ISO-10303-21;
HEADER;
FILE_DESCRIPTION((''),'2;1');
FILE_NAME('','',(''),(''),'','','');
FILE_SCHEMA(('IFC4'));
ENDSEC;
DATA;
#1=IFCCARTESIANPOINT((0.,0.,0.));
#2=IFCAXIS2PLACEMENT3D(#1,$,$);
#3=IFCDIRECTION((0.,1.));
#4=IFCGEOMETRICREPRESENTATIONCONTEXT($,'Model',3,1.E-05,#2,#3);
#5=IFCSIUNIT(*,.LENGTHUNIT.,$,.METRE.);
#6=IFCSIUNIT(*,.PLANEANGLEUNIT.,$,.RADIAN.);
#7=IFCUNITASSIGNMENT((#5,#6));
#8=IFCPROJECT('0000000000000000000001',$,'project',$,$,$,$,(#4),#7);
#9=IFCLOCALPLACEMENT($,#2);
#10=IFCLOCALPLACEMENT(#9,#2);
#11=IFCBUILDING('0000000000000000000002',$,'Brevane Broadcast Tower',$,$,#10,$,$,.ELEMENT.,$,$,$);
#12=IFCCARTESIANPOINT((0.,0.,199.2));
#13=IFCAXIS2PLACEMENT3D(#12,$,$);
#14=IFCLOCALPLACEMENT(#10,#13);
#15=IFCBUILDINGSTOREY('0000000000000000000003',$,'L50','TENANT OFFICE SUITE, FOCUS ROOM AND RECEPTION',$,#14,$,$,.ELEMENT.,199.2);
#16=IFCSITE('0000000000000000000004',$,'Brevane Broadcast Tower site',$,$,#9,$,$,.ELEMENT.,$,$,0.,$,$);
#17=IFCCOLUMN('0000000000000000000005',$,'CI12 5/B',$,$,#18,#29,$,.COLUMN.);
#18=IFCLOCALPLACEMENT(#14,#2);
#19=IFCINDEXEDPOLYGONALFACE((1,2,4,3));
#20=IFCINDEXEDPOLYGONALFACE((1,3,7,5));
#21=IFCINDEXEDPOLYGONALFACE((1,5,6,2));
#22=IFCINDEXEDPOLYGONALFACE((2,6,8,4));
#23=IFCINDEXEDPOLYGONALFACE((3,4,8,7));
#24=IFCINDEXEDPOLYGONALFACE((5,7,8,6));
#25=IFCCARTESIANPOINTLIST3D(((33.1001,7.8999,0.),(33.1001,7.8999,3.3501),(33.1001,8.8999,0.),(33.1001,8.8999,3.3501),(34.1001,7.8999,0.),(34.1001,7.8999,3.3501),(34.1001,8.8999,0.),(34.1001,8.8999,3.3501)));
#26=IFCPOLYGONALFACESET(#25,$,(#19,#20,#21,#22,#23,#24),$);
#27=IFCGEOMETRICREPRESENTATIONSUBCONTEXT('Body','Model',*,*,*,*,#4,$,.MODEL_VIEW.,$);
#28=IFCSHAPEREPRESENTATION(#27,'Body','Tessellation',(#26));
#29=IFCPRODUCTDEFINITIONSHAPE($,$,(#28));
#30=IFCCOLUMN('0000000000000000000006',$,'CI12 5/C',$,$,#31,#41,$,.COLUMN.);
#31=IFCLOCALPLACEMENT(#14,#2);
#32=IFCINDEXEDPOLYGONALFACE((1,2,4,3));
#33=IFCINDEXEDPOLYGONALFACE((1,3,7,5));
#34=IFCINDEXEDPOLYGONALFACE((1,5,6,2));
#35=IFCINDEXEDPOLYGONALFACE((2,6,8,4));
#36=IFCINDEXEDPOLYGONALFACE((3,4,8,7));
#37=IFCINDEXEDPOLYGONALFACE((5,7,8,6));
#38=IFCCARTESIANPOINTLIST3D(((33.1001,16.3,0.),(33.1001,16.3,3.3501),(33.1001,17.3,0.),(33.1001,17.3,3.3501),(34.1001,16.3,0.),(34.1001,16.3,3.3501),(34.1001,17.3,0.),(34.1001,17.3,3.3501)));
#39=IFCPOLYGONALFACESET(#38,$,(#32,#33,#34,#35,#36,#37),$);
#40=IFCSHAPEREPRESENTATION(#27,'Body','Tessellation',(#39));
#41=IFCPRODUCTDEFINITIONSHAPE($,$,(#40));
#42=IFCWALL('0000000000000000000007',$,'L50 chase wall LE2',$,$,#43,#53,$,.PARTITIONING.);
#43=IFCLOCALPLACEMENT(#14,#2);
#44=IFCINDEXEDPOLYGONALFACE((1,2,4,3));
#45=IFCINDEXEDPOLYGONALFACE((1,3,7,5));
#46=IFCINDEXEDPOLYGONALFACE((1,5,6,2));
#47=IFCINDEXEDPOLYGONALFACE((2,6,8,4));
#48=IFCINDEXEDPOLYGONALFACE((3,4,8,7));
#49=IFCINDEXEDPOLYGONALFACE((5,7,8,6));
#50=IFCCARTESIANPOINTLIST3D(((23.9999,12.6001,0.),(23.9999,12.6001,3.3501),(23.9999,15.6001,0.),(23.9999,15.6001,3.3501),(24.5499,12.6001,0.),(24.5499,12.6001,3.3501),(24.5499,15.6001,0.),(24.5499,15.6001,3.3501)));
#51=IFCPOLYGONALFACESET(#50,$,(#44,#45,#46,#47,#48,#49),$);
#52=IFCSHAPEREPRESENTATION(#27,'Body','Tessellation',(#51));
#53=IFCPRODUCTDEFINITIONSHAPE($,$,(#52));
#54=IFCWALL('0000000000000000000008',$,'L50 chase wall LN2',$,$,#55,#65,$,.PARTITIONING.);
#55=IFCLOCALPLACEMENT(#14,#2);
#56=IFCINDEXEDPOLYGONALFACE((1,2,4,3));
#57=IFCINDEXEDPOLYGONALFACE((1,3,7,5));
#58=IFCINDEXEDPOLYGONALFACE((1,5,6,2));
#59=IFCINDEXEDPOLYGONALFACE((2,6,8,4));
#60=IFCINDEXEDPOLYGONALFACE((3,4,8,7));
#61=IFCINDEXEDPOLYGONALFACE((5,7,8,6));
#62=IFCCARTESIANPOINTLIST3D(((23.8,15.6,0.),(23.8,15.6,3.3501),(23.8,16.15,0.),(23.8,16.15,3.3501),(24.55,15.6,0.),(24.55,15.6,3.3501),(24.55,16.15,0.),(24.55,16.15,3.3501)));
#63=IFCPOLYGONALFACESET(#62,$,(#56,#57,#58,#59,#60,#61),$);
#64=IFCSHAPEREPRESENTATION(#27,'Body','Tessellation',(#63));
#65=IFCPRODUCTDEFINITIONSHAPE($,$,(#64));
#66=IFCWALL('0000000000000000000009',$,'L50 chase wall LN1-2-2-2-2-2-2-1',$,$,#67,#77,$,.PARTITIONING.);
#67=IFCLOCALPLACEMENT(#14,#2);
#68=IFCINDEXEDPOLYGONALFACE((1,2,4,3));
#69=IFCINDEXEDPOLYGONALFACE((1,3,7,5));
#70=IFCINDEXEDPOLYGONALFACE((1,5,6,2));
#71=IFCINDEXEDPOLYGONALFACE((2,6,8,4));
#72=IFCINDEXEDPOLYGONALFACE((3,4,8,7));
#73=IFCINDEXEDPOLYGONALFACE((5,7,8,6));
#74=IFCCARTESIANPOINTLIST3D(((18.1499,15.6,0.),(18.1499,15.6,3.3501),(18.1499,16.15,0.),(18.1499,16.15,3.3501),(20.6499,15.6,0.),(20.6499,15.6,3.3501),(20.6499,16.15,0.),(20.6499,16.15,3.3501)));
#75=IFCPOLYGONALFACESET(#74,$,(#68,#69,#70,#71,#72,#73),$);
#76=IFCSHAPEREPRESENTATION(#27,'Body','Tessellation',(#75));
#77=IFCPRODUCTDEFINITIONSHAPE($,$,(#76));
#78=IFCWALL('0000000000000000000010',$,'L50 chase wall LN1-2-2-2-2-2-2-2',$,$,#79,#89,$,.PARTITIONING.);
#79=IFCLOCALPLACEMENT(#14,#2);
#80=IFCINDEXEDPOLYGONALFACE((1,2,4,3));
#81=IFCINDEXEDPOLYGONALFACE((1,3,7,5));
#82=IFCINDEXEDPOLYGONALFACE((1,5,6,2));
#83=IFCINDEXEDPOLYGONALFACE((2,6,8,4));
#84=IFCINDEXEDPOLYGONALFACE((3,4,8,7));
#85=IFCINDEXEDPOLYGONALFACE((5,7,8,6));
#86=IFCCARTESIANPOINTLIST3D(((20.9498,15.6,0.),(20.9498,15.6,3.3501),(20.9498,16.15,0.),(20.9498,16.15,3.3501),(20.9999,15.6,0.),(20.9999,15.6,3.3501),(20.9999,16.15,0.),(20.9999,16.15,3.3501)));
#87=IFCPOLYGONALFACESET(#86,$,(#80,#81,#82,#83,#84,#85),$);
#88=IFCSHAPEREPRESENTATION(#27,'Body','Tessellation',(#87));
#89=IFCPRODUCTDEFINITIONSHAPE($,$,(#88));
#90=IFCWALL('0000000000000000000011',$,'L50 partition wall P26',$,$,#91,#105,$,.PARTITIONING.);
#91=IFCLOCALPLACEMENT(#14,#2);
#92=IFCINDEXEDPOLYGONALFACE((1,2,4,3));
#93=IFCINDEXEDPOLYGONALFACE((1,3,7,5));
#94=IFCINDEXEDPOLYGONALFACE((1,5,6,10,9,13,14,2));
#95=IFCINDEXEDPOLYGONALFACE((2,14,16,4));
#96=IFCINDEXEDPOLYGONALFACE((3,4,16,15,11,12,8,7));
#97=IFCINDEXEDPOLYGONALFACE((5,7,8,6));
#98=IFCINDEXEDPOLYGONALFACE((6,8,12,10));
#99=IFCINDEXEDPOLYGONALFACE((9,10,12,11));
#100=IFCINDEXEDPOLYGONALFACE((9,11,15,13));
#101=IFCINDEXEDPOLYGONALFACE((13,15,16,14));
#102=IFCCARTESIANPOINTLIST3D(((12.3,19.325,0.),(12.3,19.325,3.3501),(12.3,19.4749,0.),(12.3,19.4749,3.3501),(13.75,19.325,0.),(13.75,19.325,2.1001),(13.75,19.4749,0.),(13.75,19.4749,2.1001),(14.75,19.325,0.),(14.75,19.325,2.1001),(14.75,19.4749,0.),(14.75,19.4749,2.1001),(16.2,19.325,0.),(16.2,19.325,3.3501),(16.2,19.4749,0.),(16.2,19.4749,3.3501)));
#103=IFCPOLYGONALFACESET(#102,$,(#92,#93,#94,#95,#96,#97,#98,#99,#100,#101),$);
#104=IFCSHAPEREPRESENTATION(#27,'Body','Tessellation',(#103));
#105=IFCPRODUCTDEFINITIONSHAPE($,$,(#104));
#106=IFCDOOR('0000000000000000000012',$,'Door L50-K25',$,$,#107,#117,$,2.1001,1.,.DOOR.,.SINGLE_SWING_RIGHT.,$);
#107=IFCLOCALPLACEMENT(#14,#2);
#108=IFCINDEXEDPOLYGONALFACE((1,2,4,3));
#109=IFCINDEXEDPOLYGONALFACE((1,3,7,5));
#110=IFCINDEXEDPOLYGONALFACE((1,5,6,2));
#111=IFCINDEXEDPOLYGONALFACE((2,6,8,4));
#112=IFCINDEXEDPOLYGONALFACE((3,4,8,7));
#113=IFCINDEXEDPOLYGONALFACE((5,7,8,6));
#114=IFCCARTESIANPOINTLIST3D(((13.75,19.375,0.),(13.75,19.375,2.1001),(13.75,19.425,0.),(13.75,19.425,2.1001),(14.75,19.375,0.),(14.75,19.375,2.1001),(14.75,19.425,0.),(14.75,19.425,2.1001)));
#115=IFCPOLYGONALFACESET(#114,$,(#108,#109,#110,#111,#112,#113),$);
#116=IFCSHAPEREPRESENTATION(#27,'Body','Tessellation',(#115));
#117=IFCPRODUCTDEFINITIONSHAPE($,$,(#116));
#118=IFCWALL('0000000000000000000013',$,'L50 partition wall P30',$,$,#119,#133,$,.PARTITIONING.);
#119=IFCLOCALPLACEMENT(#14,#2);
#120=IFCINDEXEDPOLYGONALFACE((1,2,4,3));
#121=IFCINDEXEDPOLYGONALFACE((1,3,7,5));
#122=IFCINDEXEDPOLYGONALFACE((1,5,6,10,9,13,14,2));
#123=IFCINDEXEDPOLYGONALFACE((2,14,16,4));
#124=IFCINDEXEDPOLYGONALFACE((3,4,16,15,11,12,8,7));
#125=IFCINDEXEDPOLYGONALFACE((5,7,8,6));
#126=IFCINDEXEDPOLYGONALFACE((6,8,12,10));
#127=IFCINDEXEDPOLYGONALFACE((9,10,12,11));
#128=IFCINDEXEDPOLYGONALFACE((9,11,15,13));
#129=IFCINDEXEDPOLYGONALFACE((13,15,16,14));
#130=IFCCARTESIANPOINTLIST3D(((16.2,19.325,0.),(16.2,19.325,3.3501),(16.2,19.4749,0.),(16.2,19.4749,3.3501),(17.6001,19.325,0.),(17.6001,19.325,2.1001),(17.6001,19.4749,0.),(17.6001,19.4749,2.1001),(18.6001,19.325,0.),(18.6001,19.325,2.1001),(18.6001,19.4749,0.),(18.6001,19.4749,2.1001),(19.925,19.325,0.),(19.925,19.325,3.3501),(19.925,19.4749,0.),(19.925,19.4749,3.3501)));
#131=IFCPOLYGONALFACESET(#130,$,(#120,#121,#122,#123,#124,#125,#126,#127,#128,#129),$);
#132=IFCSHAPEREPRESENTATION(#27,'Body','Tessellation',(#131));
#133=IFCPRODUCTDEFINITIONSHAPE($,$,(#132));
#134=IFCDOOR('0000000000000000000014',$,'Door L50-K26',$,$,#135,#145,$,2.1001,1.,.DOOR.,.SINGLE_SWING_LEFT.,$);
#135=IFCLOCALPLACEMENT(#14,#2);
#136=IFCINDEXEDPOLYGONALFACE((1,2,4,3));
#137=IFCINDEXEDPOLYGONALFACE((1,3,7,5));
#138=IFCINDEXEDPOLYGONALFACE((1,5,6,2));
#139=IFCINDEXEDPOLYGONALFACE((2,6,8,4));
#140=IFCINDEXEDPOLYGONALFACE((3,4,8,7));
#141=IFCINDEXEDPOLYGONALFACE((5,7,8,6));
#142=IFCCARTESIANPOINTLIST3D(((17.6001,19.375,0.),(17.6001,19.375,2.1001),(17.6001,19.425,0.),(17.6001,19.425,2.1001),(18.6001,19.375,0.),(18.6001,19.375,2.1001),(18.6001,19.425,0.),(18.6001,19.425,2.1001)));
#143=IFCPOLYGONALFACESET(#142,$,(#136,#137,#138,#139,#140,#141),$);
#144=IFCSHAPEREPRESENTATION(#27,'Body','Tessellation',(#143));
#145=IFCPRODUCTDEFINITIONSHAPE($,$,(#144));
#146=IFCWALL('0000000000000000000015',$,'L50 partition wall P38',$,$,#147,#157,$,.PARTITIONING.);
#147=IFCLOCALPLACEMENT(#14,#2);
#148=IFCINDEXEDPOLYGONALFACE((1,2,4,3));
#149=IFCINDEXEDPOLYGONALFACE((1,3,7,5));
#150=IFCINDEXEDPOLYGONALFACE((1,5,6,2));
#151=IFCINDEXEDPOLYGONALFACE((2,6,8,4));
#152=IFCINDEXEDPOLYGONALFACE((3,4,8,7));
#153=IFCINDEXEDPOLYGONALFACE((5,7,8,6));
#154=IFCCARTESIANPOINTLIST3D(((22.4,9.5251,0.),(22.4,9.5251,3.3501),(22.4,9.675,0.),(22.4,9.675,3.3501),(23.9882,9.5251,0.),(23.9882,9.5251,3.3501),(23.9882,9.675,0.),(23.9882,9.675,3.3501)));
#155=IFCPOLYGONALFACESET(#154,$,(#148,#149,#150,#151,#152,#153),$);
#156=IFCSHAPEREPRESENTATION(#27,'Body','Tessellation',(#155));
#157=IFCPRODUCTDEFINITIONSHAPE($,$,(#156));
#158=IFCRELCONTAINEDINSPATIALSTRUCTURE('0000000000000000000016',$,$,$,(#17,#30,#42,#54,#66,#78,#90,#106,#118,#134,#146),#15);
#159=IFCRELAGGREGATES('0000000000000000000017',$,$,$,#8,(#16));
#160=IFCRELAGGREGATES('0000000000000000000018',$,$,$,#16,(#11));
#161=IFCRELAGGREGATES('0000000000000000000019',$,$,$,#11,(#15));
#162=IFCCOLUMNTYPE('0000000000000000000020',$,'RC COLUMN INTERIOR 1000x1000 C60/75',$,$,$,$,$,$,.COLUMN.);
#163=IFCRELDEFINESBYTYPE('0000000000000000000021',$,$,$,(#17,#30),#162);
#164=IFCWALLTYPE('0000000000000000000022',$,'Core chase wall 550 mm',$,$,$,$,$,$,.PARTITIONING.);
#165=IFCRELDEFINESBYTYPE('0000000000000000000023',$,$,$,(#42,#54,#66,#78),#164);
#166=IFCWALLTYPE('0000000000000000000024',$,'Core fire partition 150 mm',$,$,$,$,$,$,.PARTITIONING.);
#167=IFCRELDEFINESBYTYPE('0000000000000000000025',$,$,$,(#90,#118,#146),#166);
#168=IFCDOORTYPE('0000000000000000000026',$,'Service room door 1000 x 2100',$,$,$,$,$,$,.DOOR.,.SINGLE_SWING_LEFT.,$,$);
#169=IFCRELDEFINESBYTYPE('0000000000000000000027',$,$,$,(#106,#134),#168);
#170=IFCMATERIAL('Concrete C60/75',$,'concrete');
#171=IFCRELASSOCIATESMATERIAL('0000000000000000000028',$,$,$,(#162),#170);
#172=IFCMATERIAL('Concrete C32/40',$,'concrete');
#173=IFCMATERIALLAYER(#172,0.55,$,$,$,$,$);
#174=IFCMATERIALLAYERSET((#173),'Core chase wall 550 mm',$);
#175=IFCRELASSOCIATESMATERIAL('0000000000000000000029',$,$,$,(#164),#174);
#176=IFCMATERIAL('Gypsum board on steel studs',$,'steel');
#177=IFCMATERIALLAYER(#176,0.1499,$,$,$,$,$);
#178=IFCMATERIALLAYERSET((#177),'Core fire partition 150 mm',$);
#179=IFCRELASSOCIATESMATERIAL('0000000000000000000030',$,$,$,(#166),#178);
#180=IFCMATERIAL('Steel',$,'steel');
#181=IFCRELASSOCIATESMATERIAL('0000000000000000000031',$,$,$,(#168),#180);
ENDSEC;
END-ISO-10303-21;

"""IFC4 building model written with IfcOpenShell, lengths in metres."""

from ifc_helpers import new_model, si_unit, direction, frame, frame_2d, origin, origin_2d, place, context, subcontext, project, spatial, rectangle, extrude, material, layer, layer_set, material_profile, profile_set, type_object, element, fill, save


model = new_model("IFC4")

# Units and contexts
model_context = context("Model", 3, precision=1e-05, world=origin(), true_north=direction((0.0, 1.0)))
body_context = subcontext(model_context, "Body", "Model", "MODEL_VIEW")
ifc_project = project(units=[si_unit("LENGTHUNIT", "METRE"), si_unit("PLANEANGLEUNIT", "RADIAN")], contexts=[model_context])

# Site, building, storey
site_placement = place(None, origin())
site = spatial("IfcSite", under=ifc_project, at=site_placement, Name="Brevane Broadcast Tower site", CompositionType="ELEMENT", RefElevation=0.0)
building_placement = place(site_placement, origin())
building = spatial("IfcBuilding", under=site, at=building_placement, Name="Brevane Broadcast Tower", CompositionType="ELEMENT")
storey_placement = place(building_placement, frame((0.0, 0.0, 199.2)))
storey = spatial("IfcBuildingStorey", under=building, at=storey_placement, Name="L50", Description="TENANT OFFICE SUITE, FOCUS ROOM AND RECEPTION", CompositionType="ELEMENT", Elevation=199.2)

# Columns
ifc_material_1 = material(Name="Concrete C60/75", Category="concrete")
ifc_material_profile = material_profile(ifc_material_1, rectangle(XDim=1.0, YDim=1.0, at=origin_2d()), Name="RC 1000x1000")
ifc_profile_set = profile_set([ifc_material_profile], Name="Concrete C60/75")
column_type = type_object("IfcColumnType", Name="RC COLUMN INTERIOR 1000x1000 C60/75", PredefinedType="COLUMN", material=ifc_profile_set)
for number, where, z_axis, x_axis, name in (
    (1, (33.6001, 8.3999, 0.0), (0.0, 0.0, 1.0), (1.0, 0.0, 0.0), "CI12 5/B"),
    (2, (33.6001, 16.8, 0.0), (0.0, 0.0, 1.0), (1.0, 0.0, 0.0), "CI12 5/C"),
):
    element("IfcColumn", number, at=place(storey_placement, frame(where, z_axis=z_axis, x_axis=x_axis)), inside=storey, type_object=column_type, Name=name, PredefinedType="COLUMN", context=body_context, shape_type="SweptSolid", body=[
        extrude(rectangle(XDim=1.0, YDim=1.0, at=origin_2d()), origin(), (0.0, 0.0, 1.0), 3.3501),
    ])

# Walls
ifc_material_2 = material(Name="Concrete C32/40", Category="concrete")
ifc_layer_1 = layer(ifc_material_2, 0.55)
ifc_layer_set_1 = layer_set([ifc_layer_1], Name="Core chase wall 550 mm")
wall_type_1 = type_object("IfcWallType", Name="Core chase wall 550 mm", PredefinedType="PARTITIONING", material=ifc_layer_set_1)
wall_1_placement = place(storey_placement, frame((24.2749, 12.6001, 0.0), z_axis=(0.0, 0.0, 1.0), x_axis=(0.0, 1.0, 0.0)))
element("IfcWall", 3, at=wall_1_placement, inside=storey, type_object=wall_type_1, Name="L50 chase wall LE2", PredefinedType="PARTITIONING", context=body_context, shape_type="SweptSolid", body=[
    extrude(rectangle(XDim=3.0, YDim=0.55, at=frame_2d((1.5, 0.0))), origin(), (0.0, 0.0, 1.0), 3.3501),
])
wall_2_placement = place(storey_placement, frame((23.8, 15.875, 0.0), z_axis=(0.0, 0.0, 1.0), x_axis=(1.0, 0.0, 0.0)))
element("IfcWall", 4, at=wall_2_placement, inside=storey, type_object=wall_type_1, Name="L50 chase wall LN2", PredefinedType="PARTITIONING", context=body_context, shape_type="SweptSolid", body=[
    extrude(rectangle(XDim=0.75, YDim=0.55, at=frame_2d((0.375, 0.0))), origin(), (0.0, 0.0, 1.0), 3.3501),
])
wall_3_placement = place(storey_placement, frame((18.1499, 15.875, 0.0), z_axis=(0.0, 0.0, 1.0), x_axis=(1.0, 0.0, 0.0)))
element("IfcWall", 5, at=wall_3_placement, inside=storey, type_object=wall_type_1, Name="L50 chase wall LN1-2-2-2-2-2-2-1", PredefinedType="PARTITIONING", context=body_context, shape_type="SweptSolid", body=[
    extrude(rectangle(XDim=2.5, YDim=0.55, at=frame_2d((1.25, 0.0))), origin(), (0.0, 0.0, 1.0), 3.3501),
])
wall_4_placement = place(storey_placement, frame((20.95, 15.875, 0.0), z_axis=(0.0, 0.0, 1.0), x_axis=(1.0, 0.0, 0.0)))
element("IfcWall", 6, at=wall_4_placement, inside=storey, type_object=wall_type_1, Name="L50 chase wall LN1-2-2-2-2-2-2-2", PredefinedType="PARTITIONING", context=body_context, shape_type="SweptSolid", body=[
    extrude(rectangle(XDim=0.05, YDim=0.55, at=frame_2d((0.0249, 0.0))), origin(), (0.0, 0.0, 1.0), 3.3501),
])

# Walls, openings, doors
ifc_material_3 = material(Name="Gypsum board on steel studs", Category="steel")
ifc_layer_2 = layer(ifc_material_3, 0.1499)
ifc_layer_set_2 = layer_set([ifc_layer_2], Name="Core fire partition 150 mm")
wall_type_2 = type_object("IfcWallType", Name="Core fire partition 150 mm", PredefinedType="PARTITIONING", material=ifc_layer_set_2)
wall_5_placement = place(storey_placement, frame((16.2, 19.3999, 0.0), z_axis=(0.0, 0.0, 1.0), x_axis=(-1.0, 0.0, 0.0)))
wall_5 = element("IfcWall", 7, at=wall_5_placement, inside=storey, type_object=wall_type_2, Name="L50 partition wall P26", PredefinedType="PARTITIONING", context=body_context, shape_type="SweptSolid", body=[
    extrude(rectangle(XDim=3.8999, YDim=0.1499, at=frame_2d((1.95, 0.0))), origin(), (0.0, 0.0, 1.0), 3.3501),
])
opening_1_placement = place(wall_5_placement, frame((1.45, 0.0, 0.0)))
opening_1 = element("IfcOpeningElement", 8, at=opening_1_placement, cuts=wall_5, PredefinedType="OPENING", context=body_context, shape_type="SweptSolid", body=[
    extrude(rectangle(XDim=1.0, YDim=2.1001, at=frame_2d((0.5, 1.05))), frame((0.0, 0.085, 0.0), z_axis=(0.0, -1.0, 0.0), x_axis=(1.0, 0.0, 0.0)), (0.0, 0.0, 1.0), 0.1699),
])
ifc_material_4 = material(Name="Steel", Category="steel")
door_type_1 = type_object("IfcDoorType", Name="Service room door 1000 x 2100", OperationType="SINGLE_SWING_LEFT", PredefinedType="DOOR", material=ifc_material_4)
door_1_placement = place(opening_1_placement, origin())
door_1 = element("IfcDoor", 9, at=door_1_placement, inside=storey, type_object=door_type_1, Name="Door L50-K25", OperationType="SINGLE_SWING_RIGHT", OverallHeight=2.1001, OverallWidth=1.0, PredefinedType="DOOR", context=body_context, shape_type="SweptSolid", body=[
    extrude(rectangle(XDim=1.0, YDim=2.1001, at=frame_2d((0.5, 1.05))), frame((0.0, 0.0249, 0.0), z_axis=(0.0, -1.0, 0.0), x_axis=(1.0, 0.0, 0.0)), (0.0, 0.0, 1.0), 0.05),
])
fill(opening_1, door_1)
wall_6_placement = place(storey_placement, frame((19.925, 19.3999, 0.0), z_axis=(0.0, 0.0, 1.0), x_axis=(-1.0, 0.0, 0.0)))
wall_6 = element("IfcWall", 10, at=wall_6_placement, inside=storey, type_object=wall_type_2, Name="L50 partition wall P30", PredefinedType="PARTITIONING", context=body_context, shape_type="SweptSolid", body=[
    extrude(rectangle(XDim=3.7251, YDim=0.1499, at=frame_2d((1.8625, 0.0))), origin(), (0.0, 0.0, 1.0), 3.3501),
])
opening_2_placement = place(wall_6_placement, frame((1.325, 0.0, 0.0)))
opening_2 = element("IfcOpeningElement", 11, at=opening_2_placement, cuts=wall_6, PredefinedType="OPENING", context=body_context, shape_type="SweptSolid", body=[
    extrude(rectangle(XDim=1.0, YDim=2.1001, at=frame_2d((0.5, 1.05))), frame((0.0, 0.085, 0.0), z_axis=(0.0, -1.0, 0.0), x_axis=(1.0, 0.0, 0.0)), (0.0, 0.0, 1.0), 0.1699),
])
door_2_placement = place(opening_2_placement, origin())
door_2 = element("IfcDoor", 12, at=door_2_placement, inside=storey, type_object=door_type_1, Name="Door L50-K26", OperationType="SINGLE_SWING_LEFT", OverallHeight=2.1001, OverallWidth=1.0, PredefinedType="DOOR", context=body_context, shape_type="SweptSolid", body=[
    extrude(rectangle(XDim=1.0, YDim=2.1001, at=frame_2d((0.5, 1.05))), frame((0.0, 0.0249, 0.0), z_axis=(0.0, -1.0, 0.0), x_axis=(1.0, 0.0, 0.0)), (0.0, 0.0, 1.0), 0.05),
])
fill(opening_2, door_2)

# Wall
wall_7_placement = place(storey_placement, frame((23.988, 9.6001, 0.0), z_axis=(0.0, 0.0, 1.0), x_axis=(-1.0, 0.0, 0.0)))
element("IfcWall", 13, at=wall_7_placement, inside=storey, type_object=wall_type_2, Name="L50 partition wall P38", PredefinedType="PARTITIONING", context=body_context, shape_type="SweptSolid", body=[
    extrude(rectangle(XDim=1.5881, YDim=0.1499, at=frame_2d((0.7939, 0.0))), origin(), (0.0, 0.0, 1.0), 3.3501),
])

save(model, "model.ifc")
